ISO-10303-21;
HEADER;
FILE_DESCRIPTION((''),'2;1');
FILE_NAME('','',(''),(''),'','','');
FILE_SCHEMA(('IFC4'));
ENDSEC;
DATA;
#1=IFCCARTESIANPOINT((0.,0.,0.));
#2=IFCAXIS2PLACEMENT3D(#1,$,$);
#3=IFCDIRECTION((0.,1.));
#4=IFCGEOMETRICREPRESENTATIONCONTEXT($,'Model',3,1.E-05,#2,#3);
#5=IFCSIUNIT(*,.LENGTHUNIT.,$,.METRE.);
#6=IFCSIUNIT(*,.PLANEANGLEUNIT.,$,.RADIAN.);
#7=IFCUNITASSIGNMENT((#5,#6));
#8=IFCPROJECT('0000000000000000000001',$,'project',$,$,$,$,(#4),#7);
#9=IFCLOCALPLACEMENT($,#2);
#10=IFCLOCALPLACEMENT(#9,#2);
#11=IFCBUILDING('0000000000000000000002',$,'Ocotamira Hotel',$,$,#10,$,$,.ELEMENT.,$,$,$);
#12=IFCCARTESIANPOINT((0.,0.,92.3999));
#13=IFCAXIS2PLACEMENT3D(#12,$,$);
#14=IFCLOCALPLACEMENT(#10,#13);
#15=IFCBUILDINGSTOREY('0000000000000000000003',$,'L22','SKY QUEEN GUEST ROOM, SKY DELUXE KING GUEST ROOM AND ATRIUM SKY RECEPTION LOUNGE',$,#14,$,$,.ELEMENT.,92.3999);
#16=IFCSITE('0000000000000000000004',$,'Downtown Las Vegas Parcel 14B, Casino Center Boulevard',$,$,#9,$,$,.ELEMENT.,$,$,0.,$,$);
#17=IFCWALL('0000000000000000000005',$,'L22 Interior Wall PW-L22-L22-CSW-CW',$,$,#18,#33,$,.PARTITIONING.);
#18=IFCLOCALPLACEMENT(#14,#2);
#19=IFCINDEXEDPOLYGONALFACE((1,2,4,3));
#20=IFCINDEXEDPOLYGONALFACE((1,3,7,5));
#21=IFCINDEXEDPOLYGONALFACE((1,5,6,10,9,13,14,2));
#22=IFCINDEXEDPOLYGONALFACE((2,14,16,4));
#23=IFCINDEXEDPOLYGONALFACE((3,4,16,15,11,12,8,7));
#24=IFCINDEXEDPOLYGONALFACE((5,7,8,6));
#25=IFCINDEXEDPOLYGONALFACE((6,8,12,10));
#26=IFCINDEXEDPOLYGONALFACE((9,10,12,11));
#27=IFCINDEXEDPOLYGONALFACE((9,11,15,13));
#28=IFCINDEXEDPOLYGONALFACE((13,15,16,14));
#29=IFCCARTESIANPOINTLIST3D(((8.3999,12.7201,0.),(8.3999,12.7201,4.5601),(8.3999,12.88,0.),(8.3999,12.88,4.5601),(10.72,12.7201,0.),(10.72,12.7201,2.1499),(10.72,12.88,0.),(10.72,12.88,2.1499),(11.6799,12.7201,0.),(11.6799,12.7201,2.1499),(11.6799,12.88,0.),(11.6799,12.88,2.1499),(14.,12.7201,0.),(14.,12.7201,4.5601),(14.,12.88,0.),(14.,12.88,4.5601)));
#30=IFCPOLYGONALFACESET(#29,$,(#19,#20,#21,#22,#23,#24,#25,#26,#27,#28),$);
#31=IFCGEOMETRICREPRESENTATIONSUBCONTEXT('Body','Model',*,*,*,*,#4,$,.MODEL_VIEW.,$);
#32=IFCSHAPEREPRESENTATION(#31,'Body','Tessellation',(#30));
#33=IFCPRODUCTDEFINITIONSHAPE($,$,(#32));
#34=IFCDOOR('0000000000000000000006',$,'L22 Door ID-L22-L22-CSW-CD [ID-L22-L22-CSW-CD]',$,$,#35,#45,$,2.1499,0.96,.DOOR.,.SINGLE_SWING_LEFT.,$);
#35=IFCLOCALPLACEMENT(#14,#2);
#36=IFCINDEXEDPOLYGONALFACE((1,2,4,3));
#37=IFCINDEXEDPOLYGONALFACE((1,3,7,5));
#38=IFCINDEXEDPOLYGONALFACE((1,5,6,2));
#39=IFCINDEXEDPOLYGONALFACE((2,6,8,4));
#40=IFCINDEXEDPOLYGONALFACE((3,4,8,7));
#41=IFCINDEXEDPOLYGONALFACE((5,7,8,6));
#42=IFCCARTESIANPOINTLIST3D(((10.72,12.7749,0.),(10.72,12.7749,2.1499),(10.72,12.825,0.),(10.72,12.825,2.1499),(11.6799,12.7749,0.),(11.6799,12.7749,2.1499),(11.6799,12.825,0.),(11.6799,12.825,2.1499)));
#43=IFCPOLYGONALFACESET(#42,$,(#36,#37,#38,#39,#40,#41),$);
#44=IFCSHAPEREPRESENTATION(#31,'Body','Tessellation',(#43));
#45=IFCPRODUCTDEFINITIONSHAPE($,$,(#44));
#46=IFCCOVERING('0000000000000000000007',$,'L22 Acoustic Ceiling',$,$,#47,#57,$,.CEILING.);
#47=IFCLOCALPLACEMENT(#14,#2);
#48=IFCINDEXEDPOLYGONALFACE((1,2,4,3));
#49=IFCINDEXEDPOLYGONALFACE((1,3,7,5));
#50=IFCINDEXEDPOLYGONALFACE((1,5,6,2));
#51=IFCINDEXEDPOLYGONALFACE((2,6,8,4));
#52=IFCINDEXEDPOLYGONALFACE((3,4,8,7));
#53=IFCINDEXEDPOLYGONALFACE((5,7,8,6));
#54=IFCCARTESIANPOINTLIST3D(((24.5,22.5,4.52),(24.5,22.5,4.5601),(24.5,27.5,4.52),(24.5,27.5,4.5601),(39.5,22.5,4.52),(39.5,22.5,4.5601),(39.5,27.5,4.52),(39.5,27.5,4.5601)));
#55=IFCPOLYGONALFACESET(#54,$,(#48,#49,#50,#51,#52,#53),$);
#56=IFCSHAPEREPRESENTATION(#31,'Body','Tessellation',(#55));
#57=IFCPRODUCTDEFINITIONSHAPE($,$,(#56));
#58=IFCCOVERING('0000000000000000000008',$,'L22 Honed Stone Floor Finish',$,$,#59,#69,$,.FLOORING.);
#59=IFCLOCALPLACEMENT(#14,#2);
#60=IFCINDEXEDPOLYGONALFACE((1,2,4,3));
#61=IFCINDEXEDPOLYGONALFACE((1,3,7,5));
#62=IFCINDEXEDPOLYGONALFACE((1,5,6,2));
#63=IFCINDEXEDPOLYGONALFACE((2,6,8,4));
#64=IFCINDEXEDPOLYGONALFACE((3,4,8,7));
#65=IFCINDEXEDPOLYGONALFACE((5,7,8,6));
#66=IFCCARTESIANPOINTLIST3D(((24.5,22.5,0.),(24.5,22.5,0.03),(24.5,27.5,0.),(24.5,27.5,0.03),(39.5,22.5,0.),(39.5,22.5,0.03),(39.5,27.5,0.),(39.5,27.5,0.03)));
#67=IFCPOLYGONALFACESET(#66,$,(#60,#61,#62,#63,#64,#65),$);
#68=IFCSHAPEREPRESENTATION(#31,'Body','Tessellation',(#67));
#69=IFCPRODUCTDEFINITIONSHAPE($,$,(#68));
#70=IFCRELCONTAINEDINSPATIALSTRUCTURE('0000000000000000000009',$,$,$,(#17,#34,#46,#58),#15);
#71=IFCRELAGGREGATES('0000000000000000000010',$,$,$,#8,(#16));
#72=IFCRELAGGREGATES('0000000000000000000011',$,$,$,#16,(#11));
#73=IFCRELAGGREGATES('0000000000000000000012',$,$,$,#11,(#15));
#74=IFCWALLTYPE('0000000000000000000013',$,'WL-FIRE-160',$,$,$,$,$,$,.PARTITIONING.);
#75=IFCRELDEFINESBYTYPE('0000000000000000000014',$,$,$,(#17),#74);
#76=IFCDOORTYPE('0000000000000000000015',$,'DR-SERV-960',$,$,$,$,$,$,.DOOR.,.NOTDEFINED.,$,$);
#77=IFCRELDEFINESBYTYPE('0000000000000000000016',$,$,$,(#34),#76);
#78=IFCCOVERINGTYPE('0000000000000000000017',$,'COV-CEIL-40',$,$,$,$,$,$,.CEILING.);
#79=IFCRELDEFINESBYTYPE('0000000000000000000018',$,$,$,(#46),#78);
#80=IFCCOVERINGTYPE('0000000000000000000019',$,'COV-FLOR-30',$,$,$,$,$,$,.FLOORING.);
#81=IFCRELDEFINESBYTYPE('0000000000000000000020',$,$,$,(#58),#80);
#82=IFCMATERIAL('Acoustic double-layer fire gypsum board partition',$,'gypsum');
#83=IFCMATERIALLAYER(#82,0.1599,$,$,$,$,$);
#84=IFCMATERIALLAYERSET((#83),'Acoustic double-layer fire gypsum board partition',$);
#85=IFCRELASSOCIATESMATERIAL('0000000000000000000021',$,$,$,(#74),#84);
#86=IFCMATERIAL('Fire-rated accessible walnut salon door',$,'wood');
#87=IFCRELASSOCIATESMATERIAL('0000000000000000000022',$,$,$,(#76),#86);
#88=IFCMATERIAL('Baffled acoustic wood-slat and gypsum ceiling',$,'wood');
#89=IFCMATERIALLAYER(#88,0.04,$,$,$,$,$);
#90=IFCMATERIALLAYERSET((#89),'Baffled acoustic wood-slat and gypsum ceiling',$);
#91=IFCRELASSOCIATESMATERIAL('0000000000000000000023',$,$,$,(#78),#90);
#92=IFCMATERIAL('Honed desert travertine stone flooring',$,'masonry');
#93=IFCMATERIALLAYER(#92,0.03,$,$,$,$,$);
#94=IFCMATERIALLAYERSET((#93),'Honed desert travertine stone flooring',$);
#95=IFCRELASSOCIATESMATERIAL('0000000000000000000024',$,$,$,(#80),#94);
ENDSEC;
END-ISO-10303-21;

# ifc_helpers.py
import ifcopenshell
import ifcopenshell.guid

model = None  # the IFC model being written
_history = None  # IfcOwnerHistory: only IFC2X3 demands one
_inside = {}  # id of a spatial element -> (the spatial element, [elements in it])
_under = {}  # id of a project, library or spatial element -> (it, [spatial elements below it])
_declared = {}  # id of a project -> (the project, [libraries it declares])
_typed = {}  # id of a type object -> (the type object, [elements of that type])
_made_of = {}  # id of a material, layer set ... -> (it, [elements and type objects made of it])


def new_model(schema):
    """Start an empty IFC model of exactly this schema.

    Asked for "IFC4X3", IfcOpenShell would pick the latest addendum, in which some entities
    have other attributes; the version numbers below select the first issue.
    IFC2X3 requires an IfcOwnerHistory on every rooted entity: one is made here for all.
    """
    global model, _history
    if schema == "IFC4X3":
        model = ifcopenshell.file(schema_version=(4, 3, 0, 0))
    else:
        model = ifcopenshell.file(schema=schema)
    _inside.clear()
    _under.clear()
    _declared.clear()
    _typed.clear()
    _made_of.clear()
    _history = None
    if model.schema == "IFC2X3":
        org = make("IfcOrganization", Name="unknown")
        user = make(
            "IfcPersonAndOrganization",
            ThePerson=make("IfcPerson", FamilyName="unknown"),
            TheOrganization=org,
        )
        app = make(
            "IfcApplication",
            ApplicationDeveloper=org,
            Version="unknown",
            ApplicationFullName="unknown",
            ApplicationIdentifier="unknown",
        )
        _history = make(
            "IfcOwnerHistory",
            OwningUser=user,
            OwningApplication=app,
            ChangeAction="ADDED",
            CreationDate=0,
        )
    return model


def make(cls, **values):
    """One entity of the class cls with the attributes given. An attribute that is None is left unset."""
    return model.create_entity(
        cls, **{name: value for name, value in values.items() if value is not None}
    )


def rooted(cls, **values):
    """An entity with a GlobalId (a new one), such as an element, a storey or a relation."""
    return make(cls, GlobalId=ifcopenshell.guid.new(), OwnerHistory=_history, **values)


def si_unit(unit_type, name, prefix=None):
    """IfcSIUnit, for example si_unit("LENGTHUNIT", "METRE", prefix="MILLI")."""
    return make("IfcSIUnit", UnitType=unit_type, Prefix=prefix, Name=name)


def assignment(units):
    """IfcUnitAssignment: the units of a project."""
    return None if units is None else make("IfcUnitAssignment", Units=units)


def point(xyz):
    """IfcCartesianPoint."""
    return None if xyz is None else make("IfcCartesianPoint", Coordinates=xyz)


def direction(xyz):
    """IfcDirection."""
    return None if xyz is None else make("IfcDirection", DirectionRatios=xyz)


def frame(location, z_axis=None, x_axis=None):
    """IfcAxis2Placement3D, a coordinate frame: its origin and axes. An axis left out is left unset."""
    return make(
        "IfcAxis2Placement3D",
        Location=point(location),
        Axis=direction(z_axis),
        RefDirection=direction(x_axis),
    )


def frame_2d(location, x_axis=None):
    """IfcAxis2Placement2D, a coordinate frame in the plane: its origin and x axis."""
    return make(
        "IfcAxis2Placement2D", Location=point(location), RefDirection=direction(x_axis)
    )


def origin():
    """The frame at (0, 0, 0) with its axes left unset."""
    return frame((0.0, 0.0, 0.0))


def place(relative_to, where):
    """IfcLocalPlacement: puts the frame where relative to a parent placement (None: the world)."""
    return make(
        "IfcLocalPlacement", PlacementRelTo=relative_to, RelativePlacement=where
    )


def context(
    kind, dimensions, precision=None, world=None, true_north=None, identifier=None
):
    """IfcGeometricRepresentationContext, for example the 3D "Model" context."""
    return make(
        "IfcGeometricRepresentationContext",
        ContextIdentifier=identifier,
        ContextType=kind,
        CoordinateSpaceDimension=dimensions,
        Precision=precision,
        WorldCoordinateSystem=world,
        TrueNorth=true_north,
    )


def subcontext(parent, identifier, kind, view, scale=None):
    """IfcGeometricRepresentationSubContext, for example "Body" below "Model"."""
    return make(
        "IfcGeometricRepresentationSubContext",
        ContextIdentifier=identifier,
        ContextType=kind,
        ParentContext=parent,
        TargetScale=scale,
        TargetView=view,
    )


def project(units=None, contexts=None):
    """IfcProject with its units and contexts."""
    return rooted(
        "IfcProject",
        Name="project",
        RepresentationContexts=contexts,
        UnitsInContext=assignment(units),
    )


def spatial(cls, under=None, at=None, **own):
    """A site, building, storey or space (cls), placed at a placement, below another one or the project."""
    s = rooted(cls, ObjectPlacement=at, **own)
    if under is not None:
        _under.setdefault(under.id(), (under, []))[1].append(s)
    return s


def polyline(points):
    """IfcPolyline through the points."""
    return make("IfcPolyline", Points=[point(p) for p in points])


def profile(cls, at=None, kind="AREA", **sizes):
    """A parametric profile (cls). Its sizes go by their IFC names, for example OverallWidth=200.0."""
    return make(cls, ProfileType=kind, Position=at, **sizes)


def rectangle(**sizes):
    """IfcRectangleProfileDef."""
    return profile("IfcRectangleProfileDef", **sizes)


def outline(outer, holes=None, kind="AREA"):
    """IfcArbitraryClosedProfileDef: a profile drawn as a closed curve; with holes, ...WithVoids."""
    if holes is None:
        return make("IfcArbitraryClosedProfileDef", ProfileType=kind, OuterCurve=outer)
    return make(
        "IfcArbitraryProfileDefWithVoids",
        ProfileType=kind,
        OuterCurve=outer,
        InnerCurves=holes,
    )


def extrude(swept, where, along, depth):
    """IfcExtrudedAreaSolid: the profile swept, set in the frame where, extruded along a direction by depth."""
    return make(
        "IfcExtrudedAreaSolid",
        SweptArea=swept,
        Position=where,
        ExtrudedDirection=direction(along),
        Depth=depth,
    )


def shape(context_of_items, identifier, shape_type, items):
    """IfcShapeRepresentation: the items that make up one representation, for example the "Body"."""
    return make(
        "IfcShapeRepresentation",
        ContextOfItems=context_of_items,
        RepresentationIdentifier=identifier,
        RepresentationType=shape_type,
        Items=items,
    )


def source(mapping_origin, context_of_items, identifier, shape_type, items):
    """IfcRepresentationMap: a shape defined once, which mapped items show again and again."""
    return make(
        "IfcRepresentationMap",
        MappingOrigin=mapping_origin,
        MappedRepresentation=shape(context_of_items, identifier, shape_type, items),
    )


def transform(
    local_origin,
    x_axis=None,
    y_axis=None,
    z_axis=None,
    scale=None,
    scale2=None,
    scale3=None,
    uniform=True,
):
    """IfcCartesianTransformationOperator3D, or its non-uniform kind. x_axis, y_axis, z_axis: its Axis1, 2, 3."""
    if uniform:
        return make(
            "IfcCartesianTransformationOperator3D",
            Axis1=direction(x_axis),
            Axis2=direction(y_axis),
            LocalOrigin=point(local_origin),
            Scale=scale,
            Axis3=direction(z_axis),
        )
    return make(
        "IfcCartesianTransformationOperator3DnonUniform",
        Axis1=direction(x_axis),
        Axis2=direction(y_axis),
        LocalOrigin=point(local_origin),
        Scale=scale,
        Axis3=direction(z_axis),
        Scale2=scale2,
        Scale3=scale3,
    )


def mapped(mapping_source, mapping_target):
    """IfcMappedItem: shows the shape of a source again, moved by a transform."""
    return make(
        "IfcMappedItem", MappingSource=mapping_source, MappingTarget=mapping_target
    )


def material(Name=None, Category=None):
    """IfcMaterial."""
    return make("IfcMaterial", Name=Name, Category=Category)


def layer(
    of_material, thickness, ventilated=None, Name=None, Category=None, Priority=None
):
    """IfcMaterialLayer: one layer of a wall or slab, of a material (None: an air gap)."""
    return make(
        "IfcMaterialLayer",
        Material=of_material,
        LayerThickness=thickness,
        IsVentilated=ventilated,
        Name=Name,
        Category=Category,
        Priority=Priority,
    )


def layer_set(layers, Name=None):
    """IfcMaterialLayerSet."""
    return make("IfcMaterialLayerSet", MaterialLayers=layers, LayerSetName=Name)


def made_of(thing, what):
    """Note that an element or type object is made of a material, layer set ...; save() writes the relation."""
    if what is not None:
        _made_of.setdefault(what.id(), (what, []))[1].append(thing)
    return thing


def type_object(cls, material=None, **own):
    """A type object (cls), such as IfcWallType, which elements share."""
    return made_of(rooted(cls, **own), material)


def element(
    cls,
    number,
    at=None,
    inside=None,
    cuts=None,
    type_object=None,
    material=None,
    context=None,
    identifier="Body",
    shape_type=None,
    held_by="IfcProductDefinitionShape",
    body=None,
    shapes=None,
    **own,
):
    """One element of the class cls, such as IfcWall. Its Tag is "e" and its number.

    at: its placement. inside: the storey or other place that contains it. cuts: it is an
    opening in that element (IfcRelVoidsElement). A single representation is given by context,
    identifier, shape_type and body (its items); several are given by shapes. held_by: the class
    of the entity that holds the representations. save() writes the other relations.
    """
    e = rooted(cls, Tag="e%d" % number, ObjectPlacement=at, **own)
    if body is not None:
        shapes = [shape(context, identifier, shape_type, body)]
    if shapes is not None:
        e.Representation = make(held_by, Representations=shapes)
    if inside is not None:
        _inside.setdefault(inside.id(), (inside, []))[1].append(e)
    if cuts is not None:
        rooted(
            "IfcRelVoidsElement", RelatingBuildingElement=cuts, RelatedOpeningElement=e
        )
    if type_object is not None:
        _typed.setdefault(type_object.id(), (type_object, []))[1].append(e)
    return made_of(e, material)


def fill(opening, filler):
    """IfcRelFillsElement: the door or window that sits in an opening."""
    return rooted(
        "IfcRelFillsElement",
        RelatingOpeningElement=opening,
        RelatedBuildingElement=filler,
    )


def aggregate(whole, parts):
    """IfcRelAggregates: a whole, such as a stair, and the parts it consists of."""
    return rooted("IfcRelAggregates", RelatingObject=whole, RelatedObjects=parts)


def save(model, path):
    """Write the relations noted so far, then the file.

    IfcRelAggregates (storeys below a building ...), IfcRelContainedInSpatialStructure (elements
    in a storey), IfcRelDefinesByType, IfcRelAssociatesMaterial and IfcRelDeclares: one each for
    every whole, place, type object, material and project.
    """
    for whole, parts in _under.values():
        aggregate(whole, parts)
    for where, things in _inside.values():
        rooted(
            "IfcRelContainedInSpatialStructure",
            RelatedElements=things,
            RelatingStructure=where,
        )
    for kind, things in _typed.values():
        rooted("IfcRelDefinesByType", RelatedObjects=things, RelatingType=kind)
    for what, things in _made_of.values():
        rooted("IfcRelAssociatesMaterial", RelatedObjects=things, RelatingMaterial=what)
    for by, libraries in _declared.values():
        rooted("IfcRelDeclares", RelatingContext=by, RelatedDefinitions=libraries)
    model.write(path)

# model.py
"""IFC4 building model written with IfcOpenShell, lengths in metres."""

from ifc_helpers import new_model, si_unit, direction, frame, frame_2d, origin, place, context, subcontext, project, spatial, polyline, rectangle, outline, extrude, source, transform, mapped, material, layer, layer_set, type_object, element, fill, save


model = new_model("IFC4")

# Units and contexts
model_context = context("Model", 3, precision=1e-05, world=origin(), true_north=direction((0.0, 1.0)))
body_context = subcontext(model_context, "Body", "Model", "MODEL_VIEW")
ifc_project = project(units=[si_unit("LENGTHUNIT", "METRE"), si_unit("PLANEANGLEUNIT", "RADIAN")], contexts=[model_context])

# Site, building, storey
site_placement = place(None, origin())
site = spatial("IfcSite", under=ifc_project, at=site_placement, Name="Downtown Las Vegas Parcel 14B, Casino Center Boulevard", CompositionType="ELEMENT", RefElevation=0.0)
building_placement = place(site_placement, origin())
building = spatial("IfcBuilding", under=site, at=building_placement, Name="Ocotamira Hotel", CompositionType="ELEMENT")
storey_placement = place(building_placement, frame((0.0, 0.0, 92.3999)))
storey = spatial("IfcBuildingStorey", under=building, at=storey_placement, Name="L22", Description="SKY QUEEN GUEST ROOM, SKY DELUXE KING GUEST ROOM AND ATRIUM SKY RECEPTION LOUNGE", CompositionType="ELEMENT", Elevation=92.3999)

# Wall, opening, door
ifc_material_1 = material(Name="Acoustic double-layer fire gypsum board partition", Category="gypsum")
ifc_layer_1 = layer(ifc_material_1, 0.1599)
ifc_layer_set_1 = layer_set([ifc_layer_1], Name="Acoustic double-layer fire gypsum board partition")
wall_type_1 = type_object("IfcWallType", Name="WL-FIRE-160", PredefinedType="PARTITIONING", material=ifc_layer_set_1)
wall_1_placement = place(storey_placement, frame((8.3999, 12.8, 0.0), z_axis=(0.0, 0.0, 1.0), x_axis=(1.0, 0.0, 0.0)))
wall_1 = element("IfcWall", 1, at=wall_1_placement, inside=storey, type_object=wall_type_1, Name="L22 Interior Wall PW-L22-L22-CSW-CW", PredefinedType="PARTITIONING", context=body_context, shape_type="SweptSolid", body=[
    extrude(rectangle(XDim=5.6001, YDim=0.1599, at=frame_2d((2.8, 0.0))), origin(), (0.0, 0.0, 1.0), 4.5601),
])
opening_placement = place(wall_1_placement, frame((2.3201, 0.0, 0.0)))
opening = element("IfcOpeningElement", 2, at=opening_placement, cuts=wall_1, PredefinedType="OPENING", context=body_context, shape_type="SweptSolid", body=[
    extrude(rectangle(XDim=0.96, YDim=2.1499, at=frame_2d((0.48, 1.075))), frame((0.0, 0.0898, 0.0), z_axis=(0.0, -1.0, 0.0), x_axis=(1.0, 0.0, 0.0)), (0.0, 0.0, 1.0), 0.1799),
])
ifc_material_2 = material(Name="Fire-rated accessible walnut salon door", Category="wood")
door_type = type_object("IfcDoorType", Name="DR-SERV-960", OperationType="NOTDEFINED", PredefinedType="DOOR", material=ifc_material_2)
shared_shape_1 = source(origin(), body_context, "Body", "SweptSolid", [
    extrude(rectangle(XDim=0.96, YDim=2.1499, at=frame_2d((0.48, 1.075))), frame((0.0, 0.0249, 0.0), z_axis=(0.0, -1.0, 0.0), x_axis=(1.0, 0.0, 0.0)), (0.0, 0.0, 1.0), 0.05),
])
door_placement = place(opening_placement, origin())
door = element("IfcDoor", 3, at=door_placement, inside=storey, type_object=door_type, Name="L22 Door ID-L22-L22-CSW-CD [ID-L22-L22-CSW-CD]", OperationType="SINGLE_SWING_LEFT", OverallHeight=2.1499, OverallWidth=0.96, PredefinedType="DOOR", context=body_context, shape_type="MappedRepresentation", body=[
    mapped(shared_shape_1, transform((0.0, 0.0, 0.0), scale=1.0)),
])
fill(opening, door)

# Coverings
ifc_material_3 = material(Name="Baffled acoustic wood-slat and gypsum ceiling", Category="wood")
ifc_layer_2 = layer(ifc_material_3, 0.04)
ifc_layer_set_2 = layer_set([ifc_layer_2], Name="Baffled acoustic wood-slat and gypsum ceiling")
covering_type_1 = type_object("IfcCoveringType", Name="COV-CEIL-40", PredefinedType="CEILING", material=ifc_layer_set_2)
covering_1_placement = place(storey_placement, frame((0.0, 0.0, 4.52)))
element("IfcCovering", 4, at=covering_1_placement, inside=storey, type_object=covering_type_1, Name="L22 Acoustic Ceiling", PredefinedType="CEILING", context=body_context, shape_type="SweptSolid", body=[
    extrude(outline(polyline([(24.5, 22.5), (39.5, 22.5), (39.5, 27.5), (24.5, 27.5), (24.5, 22.5)])), origin(), (0.0, 0.0, 1.0), 0.04),
])
ifc_material_4 = material(Name="Honed desert travertine stone flooring", Category="masonry")
ifc_layer_3 = layer(ifc_material_4, 0.03)
ifc_layer_set_3 = layer_set([ifc_layer_3], Name="Honed desert travertine stone flooring")
covering_type_2 = type_object("IfcCoveringType", Name="COV-FLOR-30", PredefinedType="FLOORING", material=ifc_layer_set_3)
covering_2_placement = place(storey_placement, origin())
element("IfcCovering", 5, at=covering_2_placement, inside=storey, type_object=covering_type_2, Name="L22 Honed Stone Floor Finish", PredefinedType="FLOORING", context=body_context, shape_type="SweptSolid", body=[
    extrude(outline(polyline([(24.5, 22.5), (39.5, 22.5), (39.5, 27.5), (24.5, 27.5), (24.5, 22.5)])), origin(), (0.0, 0.0, 1.0), 0.03),
])

save(model, "model.ifc")
